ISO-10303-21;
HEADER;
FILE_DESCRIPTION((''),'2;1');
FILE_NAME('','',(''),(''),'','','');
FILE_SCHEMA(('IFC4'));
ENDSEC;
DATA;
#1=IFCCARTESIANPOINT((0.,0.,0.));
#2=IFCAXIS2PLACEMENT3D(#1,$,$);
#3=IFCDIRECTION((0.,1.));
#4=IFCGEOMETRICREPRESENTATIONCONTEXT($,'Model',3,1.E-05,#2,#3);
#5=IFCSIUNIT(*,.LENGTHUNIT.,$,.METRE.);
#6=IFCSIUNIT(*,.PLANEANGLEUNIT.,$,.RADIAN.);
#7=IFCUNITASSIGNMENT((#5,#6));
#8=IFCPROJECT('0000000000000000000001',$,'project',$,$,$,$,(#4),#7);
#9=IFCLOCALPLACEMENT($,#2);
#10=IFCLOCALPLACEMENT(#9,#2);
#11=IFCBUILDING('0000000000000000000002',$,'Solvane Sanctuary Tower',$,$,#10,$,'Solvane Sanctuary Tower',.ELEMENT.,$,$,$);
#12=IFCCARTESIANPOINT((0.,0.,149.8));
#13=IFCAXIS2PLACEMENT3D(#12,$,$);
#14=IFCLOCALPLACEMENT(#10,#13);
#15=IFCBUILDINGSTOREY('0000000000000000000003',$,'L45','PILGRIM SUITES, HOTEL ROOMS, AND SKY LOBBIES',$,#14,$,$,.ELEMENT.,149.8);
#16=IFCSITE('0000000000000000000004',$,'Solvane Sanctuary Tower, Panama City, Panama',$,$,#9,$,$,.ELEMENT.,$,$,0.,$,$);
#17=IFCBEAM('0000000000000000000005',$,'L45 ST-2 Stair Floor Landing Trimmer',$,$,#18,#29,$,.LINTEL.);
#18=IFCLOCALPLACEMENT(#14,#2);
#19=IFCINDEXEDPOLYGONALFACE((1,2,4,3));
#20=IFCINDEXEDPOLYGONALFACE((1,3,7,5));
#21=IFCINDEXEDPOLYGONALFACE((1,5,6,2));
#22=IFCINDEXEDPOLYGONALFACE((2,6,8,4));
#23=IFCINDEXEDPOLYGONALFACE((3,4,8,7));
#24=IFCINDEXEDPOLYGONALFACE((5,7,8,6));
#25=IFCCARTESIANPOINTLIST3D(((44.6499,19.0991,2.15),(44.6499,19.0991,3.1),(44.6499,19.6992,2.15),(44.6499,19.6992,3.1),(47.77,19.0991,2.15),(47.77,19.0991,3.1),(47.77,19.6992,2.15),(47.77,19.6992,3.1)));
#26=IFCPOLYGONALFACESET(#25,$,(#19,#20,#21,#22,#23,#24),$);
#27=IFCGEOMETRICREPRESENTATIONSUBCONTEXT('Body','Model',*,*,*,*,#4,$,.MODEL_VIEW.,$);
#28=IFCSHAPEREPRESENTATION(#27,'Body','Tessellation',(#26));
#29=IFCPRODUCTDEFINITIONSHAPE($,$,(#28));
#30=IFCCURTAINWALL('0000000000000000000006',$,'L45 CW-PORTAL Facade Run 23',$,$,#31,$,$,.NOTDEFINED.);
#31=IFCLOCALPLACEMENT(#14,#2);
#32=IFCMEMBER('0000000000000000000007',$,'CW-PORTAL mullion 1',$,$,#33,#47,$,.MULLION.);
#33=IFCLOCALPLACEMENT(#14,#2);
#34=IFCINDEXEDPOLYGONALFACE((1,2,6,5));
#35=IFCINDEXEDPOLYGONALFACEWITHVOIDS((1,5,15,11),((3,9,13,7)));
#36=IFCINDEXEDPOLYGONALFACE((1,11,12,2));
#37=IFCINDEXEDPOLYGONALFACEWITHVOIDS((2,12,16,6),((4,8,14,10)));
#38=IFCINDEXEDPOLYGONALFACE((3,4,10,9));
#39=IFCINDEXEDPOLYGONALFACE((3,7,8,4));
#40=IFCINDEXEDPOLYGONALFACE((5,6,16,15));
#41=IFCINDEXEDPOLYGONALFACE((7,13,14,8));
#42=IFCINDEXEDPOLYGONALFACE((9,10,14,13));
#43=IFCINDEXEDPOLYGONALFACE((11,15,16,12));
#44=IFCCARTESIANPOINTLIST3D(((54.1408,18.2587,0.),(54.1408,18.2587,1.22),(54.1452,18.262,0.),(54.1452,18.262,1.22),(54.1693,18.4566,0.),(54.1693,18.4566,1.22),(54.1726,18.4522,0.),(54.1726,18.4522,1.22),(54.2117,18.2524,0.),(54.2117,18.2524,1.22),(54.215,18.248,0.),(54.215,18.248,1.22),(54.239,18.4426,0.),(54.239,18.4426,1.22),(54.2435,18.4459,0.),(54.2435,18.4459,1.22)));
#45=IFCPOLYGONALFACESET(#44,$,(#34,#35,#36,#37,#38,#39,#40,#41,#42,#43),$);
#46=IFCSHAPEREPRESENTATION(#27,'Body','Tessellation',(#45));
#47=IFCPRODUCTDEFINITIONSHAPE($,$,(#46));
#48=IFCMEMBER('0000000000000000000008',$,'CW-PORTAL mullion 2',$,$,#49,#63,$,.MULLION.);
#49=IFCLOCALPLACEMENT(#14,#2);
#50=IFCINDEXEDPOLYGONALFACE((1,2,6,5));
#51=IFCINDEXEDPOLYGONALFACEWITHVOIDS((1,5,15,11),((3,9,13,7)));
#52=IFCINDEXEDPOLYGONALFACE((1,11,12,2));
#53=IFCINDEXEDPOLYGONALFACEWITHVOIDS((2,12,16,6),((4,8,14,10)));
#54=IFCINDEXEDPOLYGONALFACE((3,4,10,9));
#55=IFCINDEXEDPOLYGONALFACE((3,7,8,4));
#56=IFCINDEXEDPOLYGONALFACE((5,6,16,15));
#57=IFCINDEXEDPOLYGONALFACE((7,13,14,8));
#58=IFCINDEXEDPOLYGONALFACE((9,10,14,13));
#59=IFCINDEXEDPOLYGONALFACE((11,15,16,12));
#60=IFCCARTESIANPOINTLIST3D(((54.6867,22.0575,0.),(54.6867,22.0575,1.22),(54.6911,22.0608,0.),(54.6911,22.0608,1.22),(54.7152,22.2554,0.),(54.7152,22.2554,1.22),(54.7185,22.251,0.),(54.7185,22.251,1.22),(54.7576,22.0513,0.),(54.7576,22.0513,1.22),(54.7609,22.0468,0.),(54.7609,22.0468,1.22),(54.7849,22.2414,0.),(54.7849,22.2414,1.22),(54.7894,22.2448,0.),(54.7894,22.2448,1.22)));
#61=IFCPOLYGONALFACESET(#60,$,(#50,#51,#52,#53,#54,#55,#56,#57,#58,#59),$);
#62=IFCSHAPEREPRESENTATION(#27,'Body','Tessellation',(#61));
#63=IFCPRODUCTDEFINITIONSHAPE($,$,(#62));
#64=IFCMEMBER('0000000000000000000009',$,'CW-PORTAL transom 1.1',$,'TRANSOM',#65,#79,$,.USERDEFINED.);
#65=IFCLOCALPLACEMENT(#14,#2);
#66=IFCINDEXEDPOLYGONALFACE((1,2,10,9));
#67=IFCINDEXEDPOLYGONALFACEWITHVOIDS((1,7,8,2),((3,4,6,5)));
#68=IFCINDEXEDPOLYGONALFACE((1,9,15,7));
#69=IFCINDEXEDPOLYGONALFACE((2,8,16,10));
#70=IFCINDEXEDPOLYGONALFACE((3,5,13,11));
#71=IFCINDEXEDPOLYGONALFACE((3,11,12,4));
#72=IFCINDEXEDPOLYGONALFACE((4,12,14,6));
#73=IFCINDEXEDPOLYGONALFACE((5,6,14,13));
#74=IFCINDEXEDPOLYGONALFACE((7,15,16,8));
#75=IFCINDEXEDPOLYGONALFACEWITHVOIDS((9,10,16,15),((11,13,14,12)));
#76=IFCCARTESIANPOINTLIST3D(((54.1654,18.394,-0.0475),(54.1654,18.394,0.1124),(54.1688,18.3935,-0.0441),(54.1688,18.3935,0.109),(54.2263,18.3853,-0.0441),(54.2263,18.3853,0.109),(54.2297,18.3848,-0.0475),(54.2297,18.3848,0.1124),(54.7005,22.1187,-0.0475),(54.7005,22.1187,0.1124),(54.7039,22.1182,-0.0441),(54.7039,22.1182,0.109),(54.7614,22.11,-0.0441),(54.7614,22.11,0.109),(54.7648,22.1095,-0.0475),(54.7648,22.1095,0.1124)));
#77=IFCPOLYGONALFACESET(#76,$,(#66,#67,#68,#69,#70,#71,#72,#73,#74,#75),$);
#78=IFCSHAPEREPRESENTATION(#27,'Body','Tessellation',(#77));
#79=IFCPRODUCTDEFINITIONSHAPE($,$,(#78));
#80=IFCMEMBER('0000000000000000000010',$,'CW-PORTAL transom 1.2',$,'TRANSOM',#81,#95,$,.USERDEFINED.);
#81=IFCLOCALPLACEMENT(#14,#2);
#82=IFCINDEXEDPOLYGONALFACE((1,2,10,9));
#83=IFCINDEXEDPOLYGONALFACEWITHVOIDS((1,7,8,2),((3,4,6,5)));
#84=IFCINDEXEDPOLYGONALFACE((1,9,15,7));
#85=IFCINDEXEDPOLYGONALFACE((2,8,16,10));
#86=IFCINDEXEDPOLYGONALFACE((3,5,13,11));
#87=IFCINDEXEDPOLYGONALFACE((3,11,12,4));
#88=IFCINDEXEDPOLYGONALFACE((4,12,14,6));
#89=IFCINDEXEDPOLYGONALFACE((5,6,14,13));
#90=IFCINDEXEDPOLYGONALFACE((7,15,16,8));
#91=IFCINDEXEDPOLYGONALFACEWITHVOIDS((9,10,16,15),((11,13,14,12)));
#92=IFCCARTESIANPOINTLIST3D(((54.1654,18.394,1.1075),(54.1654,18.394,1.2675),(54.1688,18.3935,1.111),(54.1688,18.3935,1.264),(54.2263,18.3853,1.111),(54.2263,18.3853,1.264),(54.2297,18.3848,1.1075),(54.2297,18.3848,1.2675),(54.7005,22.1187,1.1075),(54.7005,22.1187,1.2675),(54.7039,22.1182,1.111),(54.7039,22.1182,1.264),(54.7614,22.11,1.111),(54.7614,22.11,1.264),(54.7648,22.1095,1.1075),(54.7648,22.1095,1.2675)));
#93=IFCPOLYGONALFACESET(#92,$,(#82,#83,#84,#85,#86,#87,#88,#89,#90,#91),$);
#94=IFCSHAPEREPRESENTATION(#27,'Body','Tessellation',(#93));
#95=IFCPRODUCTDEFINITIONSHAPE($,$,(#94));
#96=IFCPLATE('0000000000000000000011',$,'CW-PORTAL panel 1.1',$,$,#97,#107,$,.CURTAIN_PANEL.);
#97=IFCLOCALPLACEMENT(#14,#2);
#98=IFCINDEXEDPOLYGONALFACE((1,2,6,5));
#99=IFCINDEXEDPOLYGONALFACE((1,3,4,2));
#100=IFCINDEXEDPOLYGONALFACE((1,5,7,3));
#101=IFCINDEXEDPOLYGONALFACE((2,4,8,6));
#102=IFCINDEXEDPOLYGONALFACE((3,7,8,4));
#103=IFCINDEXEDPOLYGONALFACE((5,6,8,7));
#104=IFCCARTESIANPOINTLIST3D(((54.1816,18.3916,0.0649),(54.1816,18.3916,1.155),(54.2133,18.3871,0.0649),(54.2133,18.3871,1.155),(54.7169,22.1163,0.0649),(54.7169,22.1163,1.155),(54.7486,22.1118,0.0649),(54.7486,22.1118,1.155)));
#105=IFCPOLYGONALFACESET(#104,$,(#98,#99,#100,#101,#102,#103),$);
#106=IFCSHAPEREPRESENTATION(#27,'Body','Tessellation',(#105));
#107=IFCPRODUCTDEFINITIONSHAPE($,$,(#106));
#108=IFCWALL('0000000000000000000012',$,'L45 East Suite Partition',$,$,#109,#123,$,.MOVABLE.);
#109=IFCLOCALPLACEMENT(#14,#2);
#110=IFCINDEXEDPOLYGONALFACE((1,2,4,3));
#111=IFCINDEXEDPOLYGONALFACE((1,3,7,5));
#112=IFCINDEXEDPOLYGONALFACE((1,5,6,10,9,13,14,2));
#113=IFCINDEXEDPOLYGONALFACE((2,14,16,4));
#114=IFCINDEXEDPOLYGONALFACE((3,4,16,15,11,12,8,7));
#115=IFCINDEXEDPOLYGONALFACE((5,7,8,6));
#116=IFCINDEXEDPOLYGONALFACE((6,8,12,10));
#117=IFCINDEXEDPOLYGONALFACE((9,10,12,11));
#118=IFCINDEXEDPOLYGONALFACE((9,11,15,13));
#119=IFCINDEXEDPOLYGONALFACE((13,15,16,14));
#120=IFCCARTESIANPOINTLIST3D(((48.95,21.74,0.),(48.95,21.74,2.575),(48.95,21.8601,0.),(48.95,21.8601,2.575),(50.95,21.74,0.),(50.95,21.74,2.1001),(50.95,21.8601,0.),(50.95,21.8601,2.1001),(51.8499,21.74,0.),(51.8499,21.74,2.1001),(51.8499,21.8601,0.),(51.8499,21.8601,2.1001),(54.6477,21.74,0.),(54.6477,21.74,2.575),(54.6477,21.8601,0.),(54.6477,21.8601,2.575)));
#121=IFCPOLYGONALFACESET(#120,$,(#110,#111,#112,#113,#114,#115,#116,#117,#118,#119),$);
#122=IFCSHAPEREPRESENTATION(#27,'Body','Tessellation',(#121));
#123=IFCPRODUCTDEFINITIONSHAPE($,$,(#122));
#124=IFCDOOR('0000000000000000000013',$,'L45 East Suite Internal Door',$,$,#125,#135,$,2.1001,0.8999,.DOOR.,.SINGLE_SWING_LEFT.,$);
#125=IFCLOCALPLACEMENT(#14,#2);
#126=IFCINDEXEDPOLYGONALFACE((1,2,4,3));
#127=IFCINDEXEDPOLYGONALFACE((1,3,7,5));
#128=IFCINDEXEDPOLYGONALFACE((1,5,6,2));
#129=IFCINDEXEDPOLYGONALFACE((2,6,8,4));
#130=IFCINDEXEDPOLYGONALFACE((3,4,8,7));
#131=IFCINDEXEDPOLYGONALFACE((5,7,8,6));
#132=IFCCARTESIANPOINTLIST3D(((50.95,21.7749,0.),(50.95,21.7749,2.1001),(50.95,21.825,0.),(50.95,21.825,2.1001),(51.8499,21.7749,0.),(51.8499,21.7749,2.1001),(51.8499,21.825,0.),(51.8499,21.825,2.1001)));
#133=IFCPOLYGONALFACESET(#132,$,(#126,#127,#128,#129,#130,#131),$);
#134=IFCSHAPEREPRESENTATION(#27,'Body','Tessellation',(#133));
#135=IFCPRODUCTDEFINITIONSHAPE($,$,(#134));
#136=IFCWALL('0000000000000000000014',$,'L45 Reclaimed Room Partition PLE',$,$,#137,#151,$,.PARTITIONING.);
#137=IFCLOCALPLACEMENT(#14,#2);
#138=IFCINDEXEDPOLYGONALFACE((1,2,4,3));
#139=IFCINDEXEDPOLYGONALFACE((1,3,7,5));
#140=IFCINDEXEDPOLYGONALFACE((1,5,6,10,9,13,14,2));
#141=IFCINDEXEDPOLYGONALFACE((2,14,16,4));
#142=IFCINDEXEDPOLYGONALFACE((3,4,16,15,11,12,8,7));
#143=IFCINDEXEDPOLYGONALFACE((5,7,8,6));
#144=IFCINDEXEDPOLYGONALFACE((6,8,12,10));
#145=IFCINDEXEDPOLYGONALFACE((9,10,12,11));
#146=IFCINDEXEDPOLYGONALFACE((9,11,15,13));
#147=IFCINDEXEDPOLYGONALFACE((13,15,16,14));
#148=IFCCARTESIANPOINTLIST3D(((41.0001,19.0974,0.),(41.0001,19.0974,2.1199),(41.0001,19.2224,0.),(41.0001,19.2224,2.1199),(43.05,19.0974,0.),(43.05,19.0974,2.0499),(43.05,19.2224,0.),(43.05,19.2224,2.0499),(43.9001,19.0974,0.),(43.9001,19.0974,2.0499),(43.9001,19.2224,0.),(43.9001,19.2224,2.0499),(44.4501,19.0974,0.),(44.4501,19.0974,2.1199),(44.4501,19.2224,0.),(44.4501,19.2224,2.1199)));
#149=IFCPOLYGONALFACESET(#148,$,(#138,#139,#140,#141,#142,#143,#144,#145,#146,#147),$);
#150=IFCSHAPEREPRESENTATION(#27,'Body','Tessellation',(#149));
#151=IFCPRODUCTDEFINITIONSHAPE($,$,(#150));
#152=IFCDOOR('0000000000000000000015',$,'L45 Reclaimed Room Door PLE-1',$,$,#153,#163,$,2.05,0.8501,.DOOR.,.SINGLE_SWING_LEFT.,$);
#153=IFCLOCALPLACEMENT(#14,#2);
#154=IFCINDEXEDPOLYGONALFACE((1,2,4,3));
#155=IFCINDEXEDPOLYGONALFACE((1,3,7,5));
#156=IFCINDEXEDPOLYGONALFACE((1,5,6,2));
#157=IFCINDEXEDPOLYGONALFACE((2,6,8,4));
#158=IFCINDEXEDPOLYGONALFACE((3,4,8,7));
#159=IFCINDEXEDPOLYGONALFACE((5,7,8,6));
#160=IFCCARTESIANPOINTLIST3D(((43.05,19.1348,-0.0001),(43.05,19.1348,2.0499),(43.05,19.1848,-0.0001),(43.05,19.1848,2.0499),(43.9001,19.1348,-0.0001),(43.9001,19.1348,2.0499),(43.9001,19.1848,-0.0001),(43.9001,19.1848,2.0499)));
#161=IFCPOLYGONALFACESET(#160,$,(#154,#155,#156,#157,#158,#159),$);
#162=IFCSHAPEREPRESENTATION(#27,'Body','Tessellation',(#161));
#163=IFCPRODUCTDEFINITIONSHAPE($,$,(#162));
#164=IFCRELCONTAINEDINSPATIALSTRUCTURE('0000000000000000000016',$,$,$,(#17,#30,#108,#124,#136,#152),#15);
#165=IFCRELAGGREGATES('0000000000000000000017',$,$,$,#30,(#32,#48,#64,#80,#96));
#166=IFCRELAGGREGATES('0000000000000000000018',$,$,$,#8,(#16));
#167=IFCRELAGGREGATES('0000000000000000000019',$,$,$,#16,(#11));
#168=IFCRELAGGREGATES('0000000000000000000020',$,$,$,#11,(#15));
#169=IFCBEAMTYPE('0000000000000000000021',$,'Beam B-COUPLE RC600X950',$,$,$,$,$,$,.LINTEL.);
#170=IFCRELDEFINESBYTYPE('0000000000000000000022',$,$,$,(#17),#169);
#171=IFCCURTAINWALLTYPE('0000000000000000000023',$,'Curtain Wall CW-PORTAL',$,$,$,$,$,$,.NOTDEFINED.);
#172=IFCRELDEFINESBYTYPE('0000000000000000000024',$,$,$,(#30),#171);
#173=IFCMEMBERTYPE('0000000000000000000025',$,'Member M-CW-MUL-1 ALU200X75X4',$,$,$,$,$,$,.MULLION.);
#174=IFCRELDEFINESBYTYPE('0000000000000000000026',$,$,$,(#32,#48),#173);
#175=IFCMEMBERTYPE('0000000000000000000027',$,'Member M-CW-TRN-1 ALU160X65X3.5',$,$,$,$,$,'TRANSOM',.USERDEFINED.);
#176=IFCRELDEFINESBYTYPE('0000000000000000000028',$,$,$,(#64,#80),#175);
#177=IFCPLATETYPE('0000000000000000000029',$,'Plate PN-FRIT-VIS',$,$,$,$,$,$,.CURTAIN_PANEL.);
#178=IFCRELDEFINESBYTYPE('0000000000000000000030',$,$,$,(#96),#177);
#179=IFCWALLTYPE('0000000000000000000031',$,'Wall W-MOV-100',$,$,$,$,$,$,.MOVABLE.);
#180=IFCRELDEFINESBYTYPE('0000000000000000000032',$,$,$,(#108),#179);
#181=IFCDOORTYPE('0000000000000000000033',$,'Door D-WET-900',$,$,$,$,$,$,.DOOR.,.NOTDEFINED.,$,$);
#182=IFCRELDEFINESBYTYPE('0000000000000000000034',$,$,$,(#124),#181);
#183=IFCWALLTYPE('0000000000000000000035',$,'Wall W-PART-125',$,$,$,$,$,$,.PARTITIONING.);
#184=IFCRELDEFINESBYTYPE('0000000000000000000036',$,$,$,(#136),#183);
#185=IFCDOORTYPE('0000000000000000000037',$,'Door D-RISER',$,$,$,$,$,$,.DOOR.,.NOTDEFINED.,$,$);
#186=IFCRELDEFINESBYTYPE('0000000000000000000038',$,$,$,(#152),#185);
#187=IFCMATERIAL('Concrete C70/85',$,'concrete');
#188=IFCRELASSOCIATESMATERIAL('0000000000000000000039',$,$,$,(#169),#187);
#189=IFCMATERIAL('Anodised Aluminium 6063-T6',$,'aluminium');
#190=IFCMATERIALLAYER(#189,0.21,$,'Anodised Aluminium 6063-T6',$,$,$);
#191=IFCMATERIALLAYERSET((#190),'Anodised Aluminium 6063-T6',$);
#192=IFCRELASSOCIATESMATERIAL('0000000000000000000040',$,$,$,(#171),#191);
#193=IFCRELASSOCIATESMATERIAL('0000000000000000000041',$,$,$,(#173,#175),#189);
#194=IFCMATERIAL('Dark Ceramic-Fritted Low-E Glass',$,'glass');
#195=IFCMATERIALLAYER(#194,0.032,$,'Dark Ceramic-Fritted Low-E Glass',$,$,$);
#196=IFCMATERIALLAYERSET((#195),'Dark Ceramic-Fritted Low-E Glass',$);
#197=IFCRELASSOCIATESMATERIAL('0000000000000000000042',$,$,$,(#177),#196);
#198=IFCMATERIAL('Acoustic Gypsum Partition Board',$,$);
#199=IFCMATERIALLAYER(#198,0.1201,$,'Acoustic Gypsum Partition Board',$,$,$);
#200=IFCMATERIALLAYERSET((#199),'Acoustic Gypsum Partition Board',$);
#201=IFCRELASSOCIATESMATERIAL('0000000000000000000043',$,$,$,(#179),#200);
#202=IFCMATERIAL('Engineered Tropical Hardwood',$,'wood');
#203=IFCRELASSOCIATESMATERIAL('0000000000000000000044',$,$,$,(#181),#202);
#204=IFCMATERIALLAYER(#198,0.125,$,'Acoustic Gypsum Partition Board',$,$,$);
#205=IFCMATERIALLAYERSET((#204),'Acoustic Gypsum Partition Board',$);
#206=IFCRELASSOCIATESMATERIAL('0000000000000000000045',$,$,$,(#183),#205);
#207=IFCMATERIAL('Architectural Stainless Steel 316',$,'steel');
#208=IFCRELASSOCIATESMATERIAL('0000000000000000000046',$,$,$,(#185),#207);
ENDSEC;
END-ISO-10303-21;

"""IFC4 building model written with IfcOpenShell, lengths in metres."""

from ifc_helpers import new_model, si_unit, direction, frame, frame_2d, origin, origin_2d, place, context, subcontext, project, spatial, rectangle, hollow_rectangle, extrude, material, layer, layer_set, material_profile, profile_set, type_object, element, fill, aggregate, save


model = new_model("IFC4")

# Units and contexts
model_context = context("Model", 3, precision=1e-05, world=origin(), true_north=direction((0.0, 1.0)))
body_context = subcontext(model_context, "Body", "Model", "MODEL_VIEW")
ifc_project = project(units=[si_unit("LENGTHUNIT", "METRE"), si_unit("PLANEANGLEUNIT", "RADIAN")], contexts=[model_context])

# Site, building, storey
site_placement = place(None, origin())
site = spatial("IfcSite", under=ifc_project, at=site_placement, Name="Solvane Sanctuary Tower, Panama City, Panama", CompositionType="ELEMENT", RefElevation=0.0)
building_placement = place(site_placement, origin())
building = spatial("IfcBuilding", under=site, at=building_placement, Name="Solvane Sanctuary Tower", LongName="Solvane Sanctuary Tower", CompositionType="ELEMENT")
storey_placement = place(building_placement, frame((0.0, 0.0, 149.8)))
storey = spatial("IfcBuildingStorey", under=building, at=storey_placement, Name="L45", Description="PILGRIM SUITES, HOTEL ROOMS, AND SKY LOBBIES", CompositionType="ELEMENT", Elevation=149.8)

# Beam
ifc_material_1 = material(Name="Concrete C70/85", Category="concrete")
ifc_material_profile_1 = material_profile(ifc_material_1, rectangle(XDim=0.6001, YDim=0.95, at=origin_2d()), Name="RC600X950")
ifc_profile_set_1 = profile_set([ifc_material_profile_1], Name="Concrete C70/85")
beam_type = type_object("IfcBeamType", Name="Beam B-COUPLE RC600X950", PredefinedType="LINTEL", material=ifc_profile_set_1)
beam_placement = place(storey_placement, frame((44.6499, 19.3992, 2.625), z_axis=(1.0, 0.0, 0.0), x_axis=(0.0, 1.0, 0.0)))
element("IfcBeam", 1, at=beam_placement, inside=storey, type_object=beam_type, Name="L45 ST-2 Stair Floor Landing Trimmer", PredefinedType="LINTEL", context=body_context, shape_type="SweptSolid", body=[
    extrude(rectangle(XDim=0.6001, YDim=0.95, at=origin_2d()), origin(), (0.0, 0.0, 1.0), 3.1201),
])

# Curtain wall, members, plate
ifc_material_2 = material(Name="Anodised Aluminium 6063-T6", Category="aluminium")
ifc_layer_1 = layer(ifc_material_2, 0.21, Name="Anodised Aluminium 6063-T6")
ifc_layer_set_1 = layer_set([ifc_layer_1], Name="Anodised Aluminium 6063-T6")
curtain_wall_type = type_object("IfcCurtainWallType", Name="Curtain Wall CW-PORTAL", PredefinedType="NOTDEFINED", material=ifc_layer_set_1)
curtain_wall_placement = place(storey_placement, origin())
curtain_wall = element("IfcCurtainWall", 2, at=curtain_wall_placement, inside=storey, type_object=curtain_wall_type, Name="L45 CW-PORTAL Facade Run 23", PredefinedType="NOTDEFINED")
ifc_material_profile_2 = material_profile(ifc_material_2, hollow_rectangle(XDim=0.075, YDim=0.2, WallThickness=0.0039, at=origin_2d()), Name="ALU200X75X4")
ifc_profile_set_2 = profile_set([ifc_material_profile_2], Name="Anodised Aluminium 6063-T6")
member_type_1 = type_object("IfcMemberType", Name="Member M-CW-MUL-1 ALU200X75X4", PredefinedType="MULLION", material=ifc_profile_set_2)
member_1_placement = place(storey_placement, frame((54.1921, 18.3523, 0.0), z_axis=(0.0, 0.0, 1.0), x_axis=(-0.989831, 0.142248, 0.0)))
member_1 = element("IfcMember", 3, at=member_1_placement, type_object=member_type_1, Name="CW-PORTAL mullion 1", PredefinedType="MULLION", context=body_context, shape_type="SweptSolid", body=[
    extrude(hollow_rectangle(XDim=0.075, YDim=0.2, WallThickness=0.0039, at=origin_2d()), origin(), (0.0, 0.0, 1.0), 1.22),
])
member_2_placement = place(storey_placement, frame((54.738, 22.1511, 0.0), z_axis=(0.0, 0.0, 1.0), x_axis=(-0.989831, 0.142248, 0.0)))
member_2 = element("IfcMember", 4, at=member_2_placement, type_object=member_type_1, Name="CW-PORTAL mullion 2", PredefinedType="MULLION", context=body_context, shape_type="SweptSolid", body=[
    extrude(hollow_rectangle(XDim=0.075, YDim=0.2, WallThickness=0.0039, at=origin_2d()), origin(), (0.0, 0.0, 1.0), 1.22),
])
ifc_material_profile_3 = material_profile(ifc_material_2, hollow_rectangle(XDim=0.0649, YDim=0.1599, WallThickness=0.0034, at=origin_2d()), Name="ALU160X65X3.5")
ifc_profile_set_3 = profile_set([ifc_material_profile_3], Name="Anodised Aluminium 6063-T6")
member_type_2 = type_object("IfcMemberType", Name="Member M-CW-TRN-1 ALU160X65X3.5", ElementType="TRANSOM", PredefinedType="USERDEFINED", material=ifc_profile_set_3)
member_3_placement = place(storey_placement, frame((54.1975, 18.3894, 0.0325), z_axis=(0.142221, 0.989835, 0.0), x_axis=(-0.989835, 0.142221, 0.0)))
member_3 = element("IfcMember", 5, at=member_3_placement, type_object=member_type_2, Name="CW-PORTAL transom 1.1", ObjectType="TRANSOM", PredefinedType="USERDEFINED", context=body_context, shape_type="SweptSolid", body=[
    extrude(hollow_rectangle(XDim=0.0649, YDim=0.1599, WallThickness=0.0034, at=origin_2d()), origin(), (0.0, 0.0, 1.0), 3.7629),
])
member_4_placement = place(storey_placement, frame((54.1975, 18.3894, 1.1875), z_axis=(0.142221, 0.989835, 0.0), x_axis=(-0.989835, 0.142221, 0.0)))
member_4 = element("IfcMember", 6, at=member_4_placement, type_object=member_type_2, Name="CW-PORTAL transom 1.2", ObjectType="TRANSOM", PredefinedType="USERDEFINED", context=body_context, shape_type="SweptSolid", body=[
    extrude(hollow_rectangle(XDim=0.0649, YDim=0.1599, WallThickness=0.0034, at=origin_2d()), origin(), (0.0, 0.0, 1.0), 3.7629),
])
ifc_material_3 = material(Name="Dark Ceramic-Fritted Low-E Glass", Category="glass")
ifc_layer_2 = layer(ifc_material_3, 0.032, Name="Dark Ceramic-Fritted Low-E Glass")
ifc_layer_set_2 = layer_set([ifc_layer_2], Name="Dark Ceramic-Fritted Low-E Glass")
plate_type = type_object("IfcPlateType", Name="Plate PN-FRIT-VIS", PredefinedType="CURTAIN_PANEL", material=ifc_layer_set_2)
plate_placement = place(storey_placement, frame((54.4651, 20.2517, 0.0649), z_axis=(0.0, 0.0, 1.0), x_axis=(0.142248, 0.989831, 0.0)))
plate = element("IfcPlate", 7, at=plate_placement, type_object=plate_type, Name="CW-PORTAL panel 1.1", PredefinedType="CURTAIN_PANEL", context=body_context, shape_type="SweptSolid", body=[
    extrude(rectangle(XDim=3.7629, YDim=0.032, at=origin_2d()), origin(), (0.0, 0.0, 1.0), 1.0901),
])
aggregate(curtain_wall, [member_1, member_2, member_3, member_4, plate])

# Walls, openings, doors
ifc_material_4 = material(Name="Acoustic Gypsum Partition Board")
ifc_layer_3 = layer(ifc_material_4, 0.1201, Name="Acoustic Gypsum Partition Board")
ifc_layer_set_3 = layer_set([ifc_layer_3], Name="Acoustic Gypsum Partition Board")
wall_type_1 = type_object("IfcWallType", Name="Wall W-MOV-100", PredefinedType="MOVABLE", material=ifc_layer_set_3)
wall_1_placement = place(storey_placement, frame((48.95, 21.8, 0.0), z_axis=(0.0, 0.0, 1.0), x_axis=(1.0, 0.0, 0.0)))
wall_1 = element("IfcWall", 8, at=wall_1_placement, inside=storey, type_object=wall_type_1, Name="L45 East Suite Partition", PredefinedType="MOVABLE", context=body_context, shape_type="SweptSolid", body=[
    extrude(rectangle(XDim=5.6978, YDim=0.1201, at=frame_2d((2.8489, 0.0))), origin(), (0.0, 0.0, 1.0), 2.575),
])
opening_1_placement = place(wall_1_placement, frame((2.0, 0.0, 0.0)))
opening_1 = element("IfcOpeningElement", 9, at=opening_1_placement, cuts=wall_1, PredefinedType="OPENING", context=body_context, shape_type="SweptSolid", body=[
    extrude(rectangle(XDim=0.8999, YDim=2.1001, at=frame_2d((0.45, 1.05))), frame((0.0, 0.0701, 0.0), z_axis=(0.0, -1.0, 0.0), x_axis=(1.0, 0.0, 0.0)), (0.0, 0.0, 1.0), 0.1401),
])
ifc_material_5 = material(Name="Engineered Tropical Hardwood", Category="wood")
door_type_1 = type_object("IfcDoorType", Name="Door D-WET-900", OperationType="NOTDEFINED", PredefinedType="DOOR", material=ifc_material_5)
door_1_placement = place(opening_1_placement, origin())
door_1 = element("IfcDoor", 10, at=door_1_placement, inside=storey, type_object=door_type_1, Name="L45 East Suite Internal Door", OperationType="SINGLE_SWING_LEFT", OverallHeight=2.1001, OverallWidth=0.8999, PredefinedType="DOOR", context=body_context, shape_type="SweptSolid", body=[
    extrude(rectangle(XDim=0.8999, YDim=2.1001, at=frame_2d((0.45, 1.05))), frame((0.0, 0.0249, 0.0), z_axis=(0.0, -1.0, 0.0), x_axis=(1.0, 0.0, 0.0)), (0.0, 0.0, 1.0), 0.05),
])
fill(opening_1, door_1)
ifc_layer_4 = layer(ifc_material_4, 0.125, Name="Acoustic Gypsum Partition Board")
ifc_layer_set_4 = layer_set([ifc_layer_4], Name="Acoustic Gypsum Partition Board")
wall_type_2 = type_object("IfcWallType", Name="Wall W-PART-125", PredefinedType="PARTITIONING", material=ifc_layer_set_4)
wall_2_placement = place(storey_placement, frame((41.0, 19.1599, 0.0), z_axis=(0.0, 0.0, 1.0), x_axis=(1.0, 0.0, 0.0)))
wall_2 = element("IfcWall", 11, at=wall_2_placement, inside=storey, type_object=wall_type_2, Name="L45 Reclaimed Room Partition PLE", PredefinedType="PARTITIONING", context=body_context, shape_type="SweptSolid", body=[
    extrude(rectangle(XDim=3.45, YDim=0.125, at=frame_2d((1.7251, 0.0))), origin(), (0.0, 0.0, 1.0), 2.1199),
])
opening_2_placement = place(wall_2_placement, frame((2.05, 0.0, 0.0)))
opening_2 = element("IfcOpeningElement", 12, at=opening_2_placement, cuts=wall_2, PredefinedType="OPENING", context=body_context, shape_type="SweptSolid", body=[
    extrude(rectangle(XDim=0.8501, YDim=2.05, at=frame_2d((0.425, 1.0249))), frame((0.0, 0.0725, 0.0), z_axis=(0.0, -1.0, 0.0), x_axis=(1.0, 0.0, 0.0)), (0.0, 0.0, 1.0), 0.145),
])
ifc_material_6 = material(Name="Architectural Stainless Steel 316", Category="steel")
door_type_2 = type_object("IfcDoorType", Name="Door D-RISER", OperationType="NOTDEFINED", PredefinedType="DOOR", material=ifc_material_6)
door_2_placement = place(opening_2_placement, origin())
door_2 = element("IfcDoor", 13, at=door_2_placement, inside=storey, type_object=door_type_2, Name="L45 Reclaimed Room Door PLE-1", OperationType="SINGLE_SWING_LEFT", OverallHeight=2.05, OverallWidth=0.8501, PredefinedType="DOOR", context=body_context, shape_type="SweptSolid", body=[
    extrude(rectangle(XDim=0.8501, YDim=2.05, at=frame_2d((0.425, 1.0249))), frame((0.0, 0.0249, 0.0), z_axis=(0.0, -1.0, 0.0), x_axis=(1.0, 0.0, 0.0)), (0.0, 0.0, 1.0), 0.05),
])
fill(opening_2, door_2)

save(model, "model.ifc")
